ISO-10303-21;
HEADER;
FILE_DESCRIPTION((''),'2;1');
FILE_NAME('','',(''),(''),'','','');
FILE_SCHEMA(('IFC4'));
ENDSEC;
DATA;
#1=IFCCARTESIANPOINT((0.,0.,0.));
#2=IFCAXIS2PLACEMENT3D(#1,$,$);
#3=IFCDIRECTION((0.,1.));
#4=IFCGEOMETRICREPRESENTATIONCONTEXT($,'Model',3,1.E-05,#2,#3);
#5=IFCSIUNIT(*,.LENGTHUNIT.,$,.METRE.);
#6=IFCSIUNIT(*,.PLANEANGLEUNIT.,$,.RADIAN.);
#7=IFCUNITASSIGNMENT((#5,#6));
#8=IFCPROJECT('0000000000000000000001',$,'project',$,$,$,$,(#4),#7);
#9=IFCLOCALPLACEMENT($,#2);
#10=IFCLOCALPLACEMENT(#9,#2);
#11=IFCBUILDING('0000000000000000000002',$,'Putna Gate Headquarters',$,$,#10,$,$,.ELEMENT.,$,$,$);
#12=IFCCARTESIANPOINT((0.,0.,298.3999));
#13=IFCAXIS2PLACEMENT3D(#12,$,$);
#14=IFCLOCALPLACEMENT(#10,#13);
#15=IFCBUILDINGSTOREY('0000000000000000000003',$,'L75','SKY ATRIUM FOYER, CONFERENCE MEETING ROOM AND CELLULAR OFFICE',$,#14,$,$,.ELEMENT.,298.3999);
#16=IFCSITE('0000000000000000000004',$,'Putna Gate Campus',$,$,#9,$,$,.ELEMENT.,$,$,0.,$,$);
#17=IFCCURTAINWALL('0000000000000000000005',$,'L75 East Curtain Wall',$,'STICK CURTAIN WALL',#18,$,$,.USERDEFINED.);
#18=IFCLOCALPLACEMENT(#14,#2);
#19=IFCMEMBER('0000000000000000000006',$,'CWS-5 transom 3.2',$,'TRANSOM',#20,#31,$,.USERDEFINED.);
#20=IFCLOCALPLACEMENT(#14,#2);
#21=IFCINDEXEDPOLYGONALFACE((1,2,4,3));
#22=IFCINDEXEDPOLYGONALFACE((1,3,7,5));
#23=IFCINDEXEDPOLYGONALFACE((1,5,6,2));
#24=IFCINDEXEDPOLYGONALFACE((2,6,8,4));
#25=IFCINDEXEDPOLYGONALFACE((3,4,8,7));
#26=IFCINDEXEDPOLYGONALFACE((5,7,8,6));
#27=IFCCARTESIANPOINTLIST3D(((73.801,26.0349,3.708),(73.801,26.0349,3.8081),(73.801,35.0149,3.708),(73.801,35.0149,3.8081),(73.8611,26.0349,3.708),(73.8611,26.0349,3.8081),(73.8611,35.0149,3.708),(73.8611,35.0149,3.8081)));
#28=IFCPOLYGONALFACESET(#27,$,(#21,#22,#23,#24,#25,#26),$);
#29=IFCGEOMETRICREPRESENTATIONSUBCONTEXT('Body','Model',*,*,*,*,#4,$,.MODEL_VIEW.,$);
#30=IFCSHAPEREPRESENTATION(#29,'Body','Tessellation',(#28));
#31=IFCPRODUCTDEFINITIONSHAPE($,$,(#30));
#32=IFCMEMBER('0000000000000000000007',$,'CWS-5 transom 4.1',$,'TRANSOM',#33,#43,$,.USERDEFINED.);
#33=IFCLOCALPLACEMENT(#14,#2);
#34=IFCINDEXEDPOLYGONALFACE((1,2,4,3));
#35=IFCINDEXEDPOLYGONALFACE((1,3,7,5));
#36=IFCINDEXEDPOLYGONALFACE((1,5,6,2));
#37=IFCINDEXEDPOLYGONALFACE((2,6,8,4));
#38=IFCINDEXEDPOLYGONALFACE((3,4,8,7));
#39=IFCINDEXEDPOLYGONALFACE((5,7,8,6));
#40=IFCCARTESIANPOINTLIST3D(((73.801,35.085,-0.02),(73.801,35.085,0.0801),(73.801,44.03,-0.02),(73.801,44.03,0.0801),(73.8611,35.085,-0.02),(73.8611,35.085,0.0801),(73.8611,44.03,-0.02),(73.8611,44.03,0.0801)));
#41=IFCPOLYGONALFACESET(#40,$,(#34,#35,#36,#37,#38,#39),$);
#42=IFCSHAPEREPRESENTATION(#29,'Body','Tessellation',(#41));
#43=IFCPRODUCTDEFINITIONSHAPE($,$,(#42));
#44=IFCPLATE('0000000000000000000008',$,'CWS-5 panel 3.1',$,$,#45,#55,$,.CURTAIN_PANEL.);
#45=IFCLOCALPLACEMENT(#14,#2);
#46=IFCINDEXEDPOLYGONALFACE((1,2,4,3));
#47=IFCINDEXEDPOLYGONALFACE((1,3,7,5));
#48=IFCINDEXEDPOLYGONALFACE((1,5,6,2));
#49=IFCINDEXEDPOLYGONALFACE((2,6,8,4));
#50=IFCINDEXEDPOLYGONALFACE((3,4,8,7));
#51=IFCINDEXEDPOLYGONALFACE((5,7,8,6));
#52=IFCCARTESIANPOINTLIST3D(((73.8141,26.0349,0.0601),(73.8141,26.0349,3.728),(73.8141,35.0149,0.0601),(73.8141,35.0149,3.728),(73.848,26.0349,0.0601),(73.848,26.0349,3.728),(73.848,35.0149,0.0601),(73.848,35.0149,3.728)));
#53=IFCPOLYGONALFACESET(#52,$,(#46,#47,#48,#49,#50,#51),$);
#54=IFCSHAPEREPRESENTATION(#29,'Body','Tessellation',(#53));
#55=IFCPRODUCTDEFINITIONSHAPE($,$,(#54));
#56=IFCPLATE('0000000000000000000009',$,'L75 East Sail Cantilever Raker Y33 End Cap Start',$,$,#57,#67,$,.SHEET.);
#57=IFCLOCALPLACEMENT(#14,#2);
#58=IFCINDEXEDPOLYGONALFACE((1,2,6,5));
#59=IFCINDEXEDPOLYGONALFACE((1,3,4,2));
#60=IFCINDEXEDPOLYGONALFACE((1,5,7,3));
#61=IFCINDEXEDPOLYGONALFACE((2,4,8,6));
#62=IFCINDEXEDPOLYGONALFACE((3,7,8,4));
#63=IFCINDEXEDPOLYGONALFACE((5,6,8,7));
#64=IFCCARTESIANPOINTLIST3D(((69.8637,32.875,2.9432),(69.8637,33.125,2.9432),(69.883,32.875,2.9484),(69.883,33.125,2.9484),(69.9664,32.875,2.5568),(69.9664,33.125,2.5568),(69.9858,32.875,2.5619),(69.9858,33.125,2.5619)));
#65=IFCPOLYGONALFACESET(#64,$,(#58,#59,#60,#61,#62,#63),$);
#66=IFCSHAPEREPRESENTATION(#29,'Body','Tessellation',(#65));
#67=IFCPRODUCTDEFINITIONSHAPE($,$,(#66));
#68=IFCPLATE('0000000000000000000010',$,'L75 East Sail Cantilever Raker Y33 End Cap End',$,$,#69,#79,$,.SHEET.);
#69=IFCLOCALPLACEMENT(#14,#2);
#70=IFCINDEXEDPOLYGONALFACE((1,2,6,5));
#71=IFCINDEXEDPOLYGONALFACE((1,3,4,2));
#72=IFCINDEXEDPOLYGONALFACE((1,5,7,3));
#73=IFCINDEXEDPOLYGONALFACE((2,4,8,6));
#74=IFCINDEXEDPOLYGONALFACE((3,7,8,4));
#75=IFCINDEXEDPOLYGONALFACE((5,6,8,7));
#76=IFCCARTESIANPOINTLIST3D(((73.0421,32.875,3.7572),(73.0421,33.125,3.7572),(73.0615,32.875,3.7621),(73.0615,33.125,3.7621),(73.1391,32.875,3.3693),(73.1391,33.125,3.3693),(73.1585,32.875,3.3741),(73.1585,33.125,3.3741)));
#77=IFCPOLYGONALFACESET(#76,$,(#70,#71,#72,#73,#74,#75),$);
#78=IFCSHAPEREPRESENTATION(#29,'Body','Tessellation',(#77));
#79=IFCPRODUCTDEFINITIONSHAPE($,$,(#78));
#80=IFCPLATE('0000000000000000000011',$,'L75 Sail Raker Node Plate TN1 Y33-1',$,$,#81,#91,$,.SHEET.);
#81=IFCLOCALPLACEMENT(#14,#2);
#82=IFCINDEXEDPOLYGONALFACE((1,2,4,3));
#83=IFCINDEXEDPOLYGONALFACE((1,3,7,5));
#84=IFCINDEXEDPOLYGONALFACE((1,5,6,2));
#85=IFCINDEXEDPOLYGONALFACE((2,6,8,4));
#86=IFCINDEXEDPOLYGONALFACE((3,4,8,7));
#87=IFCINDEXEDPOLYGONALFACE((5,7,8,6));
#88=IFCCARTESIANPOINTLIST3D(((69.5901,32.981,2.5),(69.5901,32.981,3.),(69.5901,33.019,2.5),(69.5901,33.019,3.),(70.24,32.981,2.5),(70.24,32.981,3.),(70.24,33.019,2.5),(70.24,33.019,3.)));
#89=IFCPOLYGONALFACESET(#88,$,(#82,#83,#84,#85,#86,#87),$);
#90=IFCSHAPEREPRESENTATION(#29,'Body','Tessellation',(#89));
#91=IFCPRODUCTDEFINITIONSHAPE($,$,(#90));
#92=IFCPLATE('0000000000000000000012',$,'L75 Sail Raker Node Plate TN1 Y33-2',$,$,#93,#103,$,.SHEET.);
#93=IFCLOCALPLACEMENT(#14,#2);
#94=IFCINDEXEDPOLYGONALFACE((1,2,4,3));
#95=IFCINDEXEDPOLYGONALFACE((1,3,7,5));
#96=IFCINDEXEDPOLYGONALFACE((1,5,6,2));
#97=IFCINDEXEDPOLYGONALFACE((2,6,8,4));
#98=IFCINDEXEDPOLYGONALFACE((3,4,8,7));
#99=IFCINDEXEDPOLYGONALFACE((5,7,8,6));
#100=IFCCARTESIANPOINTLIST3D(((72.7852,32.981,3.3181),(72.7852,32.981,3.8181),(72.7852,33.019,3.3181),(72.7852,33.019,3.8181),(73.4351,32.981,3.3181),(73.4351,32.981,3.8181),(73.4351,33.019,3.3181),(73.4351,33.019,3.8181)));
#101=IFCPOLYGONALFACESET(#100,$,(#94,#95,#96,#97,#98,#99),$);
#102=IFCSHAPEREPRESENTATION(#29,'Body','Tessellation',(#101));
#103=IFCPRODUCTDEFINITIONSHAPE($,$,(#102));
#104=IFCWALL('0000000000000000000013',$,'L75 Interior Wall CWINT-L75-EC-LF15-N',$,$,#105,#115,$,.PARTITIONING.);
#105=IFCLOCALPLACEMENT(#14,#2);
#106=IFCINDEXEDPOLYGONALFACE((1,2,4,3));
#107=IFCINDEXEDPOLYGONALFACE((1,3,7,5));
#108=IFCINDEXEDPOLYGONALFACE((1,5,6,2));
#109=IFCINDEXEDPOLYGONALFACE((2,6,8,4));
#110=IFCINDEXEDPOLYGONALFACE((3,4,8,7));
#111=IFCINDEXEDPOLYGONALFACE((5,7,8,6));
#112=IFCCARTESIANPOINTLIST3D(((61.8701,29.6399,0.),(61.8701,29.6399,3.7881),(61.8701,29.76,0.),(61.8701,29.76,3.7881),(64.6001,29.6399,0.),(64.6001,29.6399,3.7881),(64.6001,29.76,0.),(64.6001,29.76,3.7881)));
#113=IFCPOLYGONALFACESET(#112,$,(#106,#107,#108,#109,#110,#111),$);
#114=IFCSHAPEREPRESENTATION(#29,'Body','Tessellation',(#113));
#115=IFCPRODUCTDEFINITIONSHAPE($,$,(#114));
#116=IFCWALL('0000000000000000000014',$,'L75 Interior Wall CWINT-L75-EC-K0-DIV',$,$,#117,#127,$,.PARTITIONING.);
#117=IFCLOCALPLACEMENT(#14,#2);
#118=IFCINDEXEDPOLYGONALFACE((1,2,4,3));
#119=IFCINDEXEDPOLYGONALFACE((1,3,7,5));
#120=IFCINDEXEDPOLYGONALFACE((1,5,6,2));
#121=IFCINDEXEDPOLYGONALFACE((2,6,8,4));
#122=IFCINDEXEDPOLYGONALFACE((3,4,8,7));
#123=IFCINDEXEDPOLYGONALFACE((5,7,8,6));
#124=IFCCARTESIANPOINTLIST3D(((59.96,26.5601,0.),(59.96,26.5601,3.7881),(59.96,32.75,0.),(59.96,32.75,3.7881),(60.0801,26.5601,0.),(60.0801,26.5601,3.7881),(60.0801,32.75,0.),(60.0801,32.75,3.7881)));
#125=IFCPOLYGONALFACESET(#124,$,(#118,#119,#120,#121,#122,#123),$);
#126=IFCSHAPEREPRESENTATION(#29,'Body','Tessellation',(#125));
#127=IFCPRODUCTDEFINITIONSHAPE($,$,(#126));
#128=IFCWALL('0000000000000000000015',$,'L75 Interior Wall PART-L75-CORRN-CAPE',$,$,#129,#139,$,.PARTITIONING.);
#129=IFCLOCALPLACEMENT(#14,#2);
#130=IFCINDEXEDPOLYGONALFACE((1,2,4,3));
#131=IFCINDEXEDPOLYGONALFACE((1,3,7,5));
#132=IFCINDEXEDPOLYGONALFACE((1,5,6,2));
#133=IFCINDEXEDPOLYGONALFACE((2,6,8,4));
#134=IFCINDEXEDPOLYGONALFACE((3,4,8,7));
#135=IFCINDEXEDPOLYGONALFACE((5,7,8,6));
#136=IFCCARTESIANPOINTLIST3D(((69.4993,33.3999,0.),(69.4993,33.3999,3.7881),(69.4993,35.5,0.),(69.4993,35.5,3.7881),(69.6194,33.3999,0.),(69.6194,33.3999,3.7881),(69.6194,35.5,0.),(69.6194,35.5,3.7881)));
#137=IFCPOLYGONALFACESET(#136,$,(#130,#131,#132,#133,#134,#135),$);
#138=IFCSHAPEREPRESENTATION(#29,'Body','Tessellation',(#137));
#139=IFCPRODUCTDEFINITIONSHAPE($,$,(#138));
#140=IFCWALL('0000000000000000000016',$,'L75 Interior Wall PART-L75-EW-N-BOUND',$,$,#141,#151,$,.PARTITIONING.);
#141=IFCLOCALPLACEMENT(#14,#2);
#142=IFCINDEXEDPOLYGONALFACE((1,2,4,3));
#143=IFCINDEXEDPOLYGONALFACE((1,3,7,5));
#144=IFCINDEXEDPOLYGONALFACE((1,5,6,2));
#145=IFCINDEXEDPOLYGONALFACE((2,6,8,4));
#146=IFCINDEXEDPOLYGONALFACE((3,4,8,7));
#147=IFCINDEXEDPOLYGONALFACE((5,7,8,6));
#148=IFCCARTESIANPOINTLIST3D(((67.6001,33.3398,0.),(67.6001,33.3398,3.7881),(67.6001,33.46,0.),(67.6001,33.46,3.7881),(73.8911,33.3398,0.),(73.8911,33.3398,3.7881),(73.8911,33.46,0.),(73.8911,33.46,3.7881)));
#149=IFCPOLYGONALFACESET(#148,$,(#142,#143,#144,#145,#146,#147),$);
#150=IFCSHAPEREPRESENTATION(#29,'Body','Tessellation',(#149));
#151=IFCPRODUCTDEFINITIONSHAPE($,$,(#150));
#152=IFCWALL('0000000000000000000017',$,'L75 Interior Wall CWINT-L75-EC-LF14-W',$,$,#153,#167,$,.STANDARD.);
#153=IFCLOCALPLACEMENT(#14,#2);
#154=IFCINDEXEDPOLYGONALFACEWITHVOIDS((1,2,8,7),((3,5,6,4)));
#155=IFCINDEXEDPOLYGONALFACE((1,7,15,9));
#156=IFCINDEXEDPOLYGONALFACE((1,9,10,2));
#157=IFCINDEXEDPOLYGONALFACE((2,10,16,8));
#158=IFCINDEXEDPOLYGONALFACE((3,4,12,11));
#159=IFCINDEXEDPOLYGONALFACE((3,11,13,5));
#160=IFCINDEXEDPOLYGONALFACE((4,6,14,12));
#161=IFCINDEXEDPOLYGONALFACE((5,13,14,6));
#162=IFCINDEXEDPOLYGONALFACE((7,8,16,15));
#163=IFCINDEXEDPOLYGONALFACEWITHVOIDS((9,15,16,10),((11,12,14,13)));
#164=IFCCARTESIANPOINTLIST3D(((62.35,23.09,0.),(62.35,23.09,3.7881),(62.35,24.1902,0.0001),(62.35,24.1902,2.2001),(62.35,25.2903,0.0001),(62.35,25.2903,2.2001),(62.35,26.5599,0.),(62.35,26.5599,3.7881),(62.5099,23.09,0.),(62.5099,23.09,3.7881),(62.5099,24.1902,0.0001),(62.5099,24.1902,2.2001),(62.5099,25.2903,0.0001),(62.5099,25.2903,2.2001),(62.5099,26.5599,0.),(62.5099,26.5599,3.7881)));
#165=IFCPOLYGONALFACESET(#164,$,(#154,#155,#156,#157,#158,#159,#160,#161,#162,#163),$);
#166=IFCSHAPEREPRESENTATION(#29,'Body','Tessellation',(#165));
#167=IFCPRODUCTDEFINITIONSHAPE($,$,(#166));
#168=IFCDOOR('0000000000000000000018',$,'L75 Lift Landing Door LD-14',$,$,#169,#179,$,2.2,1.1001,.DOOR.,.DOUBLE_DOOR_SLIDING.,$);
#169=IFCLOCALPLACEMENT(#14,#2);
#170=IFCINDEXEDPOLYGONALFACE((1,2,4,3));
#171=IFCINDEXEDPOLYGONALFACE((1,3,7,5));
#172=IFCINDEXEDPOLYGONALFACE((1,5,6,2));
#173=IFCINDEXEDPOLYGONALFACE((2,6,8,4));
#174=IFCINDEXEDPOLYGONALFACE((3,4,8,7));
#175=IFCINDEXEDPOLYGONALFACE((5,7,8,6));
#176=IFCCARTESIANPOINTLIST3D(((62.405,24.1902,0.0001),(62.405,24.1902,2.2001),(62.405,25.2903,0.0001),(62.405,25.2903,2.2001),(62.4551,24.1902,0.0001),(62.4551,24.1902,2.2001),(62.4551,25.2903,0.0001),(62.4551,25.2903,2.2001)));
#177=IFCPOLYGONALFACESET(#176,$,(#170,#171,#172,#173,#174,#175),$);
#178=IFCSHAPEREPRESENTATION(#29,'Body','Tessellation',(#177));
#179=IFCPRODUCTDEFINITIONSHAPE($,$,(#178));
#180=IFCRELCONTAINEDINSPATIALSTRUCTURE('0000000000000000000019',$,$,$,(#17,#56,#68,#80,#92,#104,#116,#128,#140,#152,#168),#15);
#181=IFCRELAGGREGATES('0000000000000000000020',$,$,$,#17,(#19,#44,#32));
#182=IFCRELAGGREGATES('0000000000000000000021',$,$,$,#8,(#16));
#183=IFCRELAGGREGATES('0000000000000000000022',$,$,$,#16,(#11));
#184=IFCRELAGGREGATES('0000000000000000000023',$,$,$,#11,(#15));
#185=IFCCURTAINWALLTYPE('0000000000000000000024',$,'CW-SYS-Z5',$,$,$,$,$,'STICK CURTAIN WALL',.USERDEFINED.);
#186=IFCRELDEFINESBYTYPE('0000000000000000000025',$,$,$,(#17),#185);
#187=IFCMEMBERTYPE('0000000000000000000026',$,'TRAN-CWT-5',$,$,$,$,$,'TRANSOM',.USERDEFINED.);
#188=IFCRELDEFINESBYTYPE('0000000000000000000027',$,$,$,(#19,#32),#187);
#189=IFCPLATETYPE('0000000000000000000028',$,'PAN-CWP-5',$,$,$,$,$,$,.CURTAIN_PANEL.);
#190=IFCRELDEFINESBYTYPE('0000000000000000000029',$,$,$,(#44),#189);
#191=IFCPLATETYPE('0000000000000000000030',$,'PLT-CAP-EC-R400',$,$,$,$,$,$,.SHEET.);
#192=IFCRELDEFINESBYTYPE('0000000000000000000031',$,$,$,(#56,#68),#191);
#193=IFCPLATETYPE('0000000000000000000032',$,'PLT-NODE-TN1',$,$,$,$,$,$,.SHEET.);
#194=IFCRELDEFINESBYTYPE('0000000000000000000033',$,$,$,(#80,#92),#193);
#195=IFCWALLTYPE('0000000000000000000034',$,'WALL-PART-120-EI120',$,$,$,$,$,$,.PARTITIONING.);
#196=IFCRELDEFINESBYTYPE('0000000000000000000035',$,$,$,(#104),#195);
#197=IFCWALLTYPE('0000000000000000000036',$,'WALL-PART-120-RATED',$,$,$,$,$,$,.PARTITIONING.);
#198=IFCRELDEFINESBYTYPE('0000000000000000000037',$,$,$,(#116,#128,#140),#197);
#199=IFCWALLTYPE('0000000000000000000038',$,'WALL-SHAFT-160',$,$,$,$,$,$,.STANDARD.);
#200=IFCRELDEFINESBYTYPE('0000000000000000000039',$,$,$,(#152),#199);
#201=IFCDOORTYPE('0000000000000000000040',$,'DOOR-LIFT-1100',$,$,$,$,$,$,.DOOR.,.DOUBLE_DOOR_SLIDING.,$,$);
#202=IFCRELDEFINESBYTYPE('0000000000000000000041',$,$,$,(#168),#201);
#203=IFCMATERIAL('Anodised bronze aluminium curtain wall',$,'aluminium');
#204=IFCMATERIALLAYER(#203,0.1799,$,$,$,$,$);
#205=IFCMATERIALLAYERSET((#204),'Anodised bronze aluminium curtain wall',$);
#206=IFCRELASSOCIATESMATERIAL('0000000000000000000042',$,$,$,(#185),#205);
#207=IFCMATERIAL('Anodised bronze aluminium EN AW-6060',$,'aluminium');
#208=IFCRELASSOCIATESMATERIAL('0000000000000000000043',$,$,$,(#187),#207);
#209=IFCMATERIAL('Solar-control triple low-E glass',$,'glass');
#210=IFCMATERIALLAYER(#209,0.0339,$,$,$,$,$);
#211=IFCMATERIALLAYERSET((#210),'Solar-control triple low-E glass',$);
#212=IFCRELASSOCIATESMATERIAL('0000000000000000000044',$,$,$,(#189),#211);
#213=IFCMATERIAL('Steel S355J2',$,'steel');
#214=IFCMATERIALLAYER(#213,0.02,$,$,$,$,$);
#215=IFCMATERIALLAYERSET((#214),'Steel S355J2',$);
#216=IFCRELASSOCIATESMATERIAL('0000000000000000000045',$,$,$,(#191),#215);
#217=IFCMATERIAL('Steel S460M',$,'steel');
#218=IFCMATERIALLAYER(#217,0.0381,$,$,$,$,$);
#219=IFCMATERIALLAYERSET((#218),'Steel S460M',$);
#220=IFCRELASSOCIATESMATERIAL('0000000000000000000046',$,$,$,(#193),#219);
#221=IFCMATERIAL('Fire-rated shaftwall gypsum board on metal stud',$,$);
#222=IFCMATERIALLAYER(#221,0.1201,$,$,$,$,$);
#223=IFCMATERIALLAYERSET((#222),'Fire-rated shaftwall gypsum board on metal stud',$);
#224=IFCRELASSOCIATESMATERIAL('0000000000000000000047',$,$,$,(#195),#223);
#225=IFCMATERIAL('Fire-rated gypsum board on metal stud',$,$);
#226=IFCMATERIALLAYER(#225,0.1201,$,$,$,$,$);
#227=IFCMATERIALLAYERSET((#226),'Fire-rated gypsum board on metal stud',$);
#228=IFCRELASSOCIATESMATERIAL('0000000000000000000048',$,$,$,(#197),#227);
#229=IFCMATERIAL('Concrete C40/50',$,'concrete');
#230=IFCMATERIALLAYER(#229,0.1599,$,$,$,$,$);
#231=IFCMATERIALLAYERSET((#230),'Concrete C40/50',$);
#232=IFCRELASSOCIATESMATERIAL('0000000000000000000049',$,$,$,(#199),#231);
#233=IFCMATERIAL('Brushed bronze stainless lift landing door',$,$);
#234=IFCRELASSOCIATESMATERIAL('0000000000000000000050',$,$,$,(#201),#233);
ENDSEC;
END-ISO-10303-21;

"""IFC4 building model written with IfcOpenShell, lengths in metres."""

from ifc_helpers import new_model, si_unit, direction, frame, frame_2d, origin, origin_2d, place, context, subcontext, project, spatial, rectangle, extrude, material, layer, layer_set, material_profile, profile_set, type_object, element, fill, aggregate, save


model = new_model("IFC4")

# Units and contexts
model_context = context("Model", 3, precision=1e-05, world=origin(), true_north=direction((0.0, 1.0)))
body_context = subcontext(model_context, "Body", "Model", "MODEL_VIEW")
ifc_project = project(units=[si_unit("LENGTHUNIT", "METRE"), si_unit("PLANEANGLEUNIT", "RADIAN")], contexts=[model_context])

# Site, building, storey
site_placement = place(None, origin())
site = spatial("IfcSite", under=ifc_project, at=site_placement, Name="Putna Gate Campus", CompositionType="ELEMENT", RefElevation=0.0)
building_placement = place(site_placement, origin())
building = spatial("IfcBuilding", under=site, at=building_placement, Name="Putna Gate Headquarters", CompositionType="ELEMENT")
storey_placement = place(building_placement, frame((0.0, 0.0, 298.3999)))
storey = spatial("IfcBuildingStorey", under=building, at=storey_placement, Name="L75", Description="SKY ATRIUM FOYER, CONFERENCE MEETING ROOM AND CELLULAR OFFICE", CompositionType="ELEMENT", Elevation=298.3999)

# Shared definitions
ifc_material_1 = material(Name="Steel S460M", Category="steel")

# Shared definitions
ifc_material_2 = material(Name="Steel S355J2", Category="steel")

# Curtain wall, members, plate
ifc_material_3 = material(Name="Anodised bronze aluminium curtain wall", Category="aluminium")
ifc_layer_1 = layer(ifc_material_3, 0.1799)
ifc_layer_set_1 = layer_set([ifc_layer_1], Name="Anodised bronze aluminium curtain wall")
curtain_wall_type = type_object("IfcCurtainWallType", Name="CW-SYS-Z5", ElementType="STICK CURTAIN WALL", PredefinedType="USERDEFINED", material=ifc_layer_set_1)
curtain_wall_placement = place(storey_placement, origin())
curtain_wall = element("IfcCurtainWall", 1, at=curtain_wall_placement, inside=storey, type_object=curtain_wall_type, Name="L75 East Curtain Wall", ObjectType="STICK CURTAIN WALL", PredefinedType="USERDEFINED")
ifc_material_4 = material(Name="Anodised bronze aluminium EN AW-6060", Category="aluminium")
ifc_material_profile_1 = material_profile(ifc_material_4, rectangle(XDim=0.0601, YDim=0.1001, at=origin_2d()), Name="Anodised bronze aluminium EN AW-6060")
ifc_profile_set_1 = profile_set([ifc_material_profile_1], Name="Anodised bronze aluminium EN AW-6060")
member_type_1 = type_object("IfcMemberType", Name="TRAN-CWT-5", ElementType="TRANSOM", PredefinedType="USERDEFINED", material=ifc_profile_set_1)
member_1_placement = place(storey_placement, frame((73.8311, 26.0349, 3.7581), z_axis=(0.0, 1.0, 0.0), x_axis=(-1.0, 0.0, 0.0)))
member_1 = element("IfcMember", 2, at=member_1_placement, type_object=member_type_1, Name="CWS-5 transom 3.2", ObjectType="TRANSOM", PredefinedType="USERDEFINED", context=body_context, shape_type="SweptSolid", body=[
    extrude(rectangle(XDim=0.0601, YDim=0.1001, at=origin_2d()), origin(), (0.0, 0.0, 1.0), 8.98),
])
member_2_placement = place(storey_placement, frame((73.8311, 35.085, 0.03), z_axis=(0.0, 1.0, 0.0), x_axis=(-1.0, 0.0, 0.0)))
member_2 = element("IfcMember", 3, at=member_2_placement, type_object=member_type_1, Name="CWS-5 transom 4.1", ObjectType="TRANSOM", PredefinedType="USERDEFINED", context=body_context, shape_type="SweptSolid", body=[
    extrude(rectangle(XDim=0.0601, YDim=0.1001, at=origin_2d()), origin(), (0.0, 0.0, 1.0), 8.9451),
])
ifc_material_5 = material(Name="Solar-control triple low-E glass", Category="glass")
ifc_layer_2 = layer(ifc_material_5, 0.0339)
ifc_layer_set_2 = layer_set([ifc_layer_2], Name="Solar-control triple low-E glass")
plate_type_1 = type_object("IfcPlateType", Name="PAN-CWP-5", PredefinedType="CURTAIN_PANEL", material=ifc_layer_set_2)
plate_placement = place(storey_placement, frame((73.8311, 30.5249, 0.0601), z_axis=(0.0, 0.0, 1.0), x_axis=(0.0, 1.0, 0.0)))
plate = element("IfcPlate", 4, at=plate_placement, type_object=plate_type_1, Name="CWS-5 panel 3.1", PredefinedType="CURTAIN_PANEL", context=body_context, shape_type="SweptSolid", body=[
    extrude(rectangle(XDim=8.98, YDim=0.0339, at=origin_2d()), origin(), (0.0, 0.0, 1.0), 3.668),
])
aggregate(curtain_wall, [member_1, plate, member_2])

# Plates
ifc_layer_3 = layer(ifc_material_2, 0.02)
ifc_layer_set_3 = layer_set([ifc_layer_3], Name="Steel S355J2")
plate_type_2 = type_object("IfcPlateType", Name="PLT-CAP-EC-R400", PredefinedType="SHEET", material=ifc_layer_set_3)
for number, where, z_axis, x_axis, name in (
    (5, (69.915, 33.0, 2.75), (0.966438, 0.0, 0.256901), (0.0, 1.0, 0.0), "L75 East Sail Cantilever Raker Y33 End Cap Start"),
    (6, (73.0906, 33.0, 3.5632), (0.970143, 0.0, 0.242536), (0.0, 1.0, 0.0), "L75 East Sail Cantilever Raker Y33 End Cap End"),
):
    element("IfcPlate", number, at=place(storey_placement, frame(where, z_axis=z_axis, x_axis=x_axis)), inside=storey, type_object=plate_type_2, Name=name, PredefinedType="SHEET", context=body_context, shape_type="SweptSolid", body=[
        extrude(rectangle(XDim=0.25, YDim=0.3999, at=origin_2d()), origin(), (0.0, 0.0, 1.0), 0.02),
    ])
ifc_layer_4 = layer(ifc_material_1, 0.0381)
ifc_layer_set_4 = layer_set([ifc_layer_4], Name="Steel S460M")
plate_type_3 = type_object("IfcPlateType", Name="PLT-NODE-TN1", PredefinedType="SHEET", material=ifc_layer_set_4)
for number, where, z_axis, x_axis, name in (
    (7, (69.915, 33.0, 2.5), (0.0, 0.0, 1.0), (1.0, 0.0, 0.0), "L75 Sail Raker Node Plate TN1 Y33-1"),
    (8, (73.1101, 33.0, 3.3181), (0.0, 0.0, 1.0), (1.0, 0.0, 0.0), "L75 Sail Raker Node Plate TN1 Y33-2"),
):
    element("IfcPlate", number, at=place(storey_placement, frame(where, z_axis=z_axis, x_axis=x_axis)), inside=storey, type_object=plate_type_3, Name=name, PredefinedType="SHEET", context=body_context, shape_type="SweptSolid", body=[
        extrude(rectangle(XDim=0.6499, YDim=0.0381, at=origin_2d()), origin(), (0.0, 0.0, 1.0), 0.5),
    ])

# Walls
ifc_material_6 = material(Name="Fire-rated shaftwall gypsum board on metal stud")
ifc_layer_5 = layer(ifc_material_6, 0.1201)
ifc_layer_set_5 = layer_set([ifc_layer_5], Name="Fire-rated shaftwall gypsum board on metal stud")
wall_type_1 = type_object("IfcWallType", Name="WALL-PART-120-EI120", PredefinedType="PARTITIONING", material=ifc_layer_set_5)
wall_1_placement = place(storey_placement, frame((61.8701, 29.7, 0.0), z_axis=(0.0, 0.0, 1.0), x_axis=(1.0, 0.0, 0.0)))
element("IfcWall", 9, at=wall_1_placement, inside=storey, type_object=wall_type_1, Name="L75 Interior Wall CWINT-L75-EC-LF15-N", PredefinedType="PARTITIONING", context=body_context, shape_type="SweptSolid", body=[
    extrude(rectangle(XDim=2.73, YDim=0.1201, at=frame_2d((1.365, 0.0))), origin(), (0.0, 0.0, 1.0), 3.7881),
])
ifc_material_7 = material(Name="Fire-rated gypsum board on metal stud")
ifc_layer_6 = layer(ifc_material_7, 0.1201)
ifc_layer_set_6 = layer_set([ifc_layer_6], Name="Fire-rated gypsum board on metal stud")
wall_type_2 = type_object("IfcWallType", Name="WALL-PART-120-RATED", PredefinedType="PARTITIONING", material=ifc_layer_set_6)
wall_2_placement = place(storey_placement, frame((60.02, 26.5601, 0.0), z_axis=(0.0, 0.0, 1.0), x_axis=(0.0, 1.0, 0.0)))
element("IfcWall", 10, at=wall_2_placement, inside=storey, type_object=wall_type_2, Name="L75 Interior Wall CWINT-L75-EC-K0-DIV", PredefinedType="PARTITIONING", context=body_context, shape_type="SweptSolid", body=[
    extrude(rectangle(XDim=6.1899, YDim=0.1201, at=frame_2d((3.095, 0.0))), origin(), (0.0, 0.0, 1.0), 3.7881),
])
wall_3_placement = place(storey_placement, frame((69.5593, 33.3999, 0.0), z_axis=(0.0, 0.0, 1.0), x_axis=(0.0, 1.0, 0.0)))
element("IfcWall", 11, at=wall_3_placement, inside=storey, type_object=wall_type_2, Name="L75 Interior Wall PART-L75-CORRN-CAPE", PredefinedType="PARTITIONING", context=body_context, shape_type="SweptSolid", body=[
    extrude(rectangle(XDim=2.1001, YDim=0.1201, at=frame_2d((1.05, 0.0))), origin(), (0.0, 0.0, 1.0), 3.7881),
])
wall_4_placement = place(storey_placement, frame((67.6001, 33.3999, 0.0), z_axis=(0.0, 0.0, 1.0), x_axis=(1.0, 0.0, 0.0)))
element("IfcWall", 12, at=wall_4_placement, inside=storey, type_object=wall_type_2, Name="L75 Interior Wall PART-L75-EW-N-BOUND", PredefinedType="PARTITIONING", context=body_context, shape_type="SweptSolid", body=[
    extrude(rectangle(XDim=6.291, YDim=0.1201, at=frame_2d((3.1455, 0.0))), origin(), (0.0, 0.0, 1.0), 3.7881),
])

# Wall, opening, door
ifc_material_8 = material(Name="Concrete C40/50", Category="concrete")
ifc_layer_7 = layer(ifc_material_8, 0.1599)
ifc_layer_set_7 = layer_set([ifc_layer_7], Name="Concrete C40/50")
wall_type_3 = type_object("IfcWallType", Name="WALL-SHAFT-160", PredefinedType="STANDARD", material=ifc_layer_set_7)
wall_5_placement = place(storey_placement, frame((62.4299, 23.0901, 0.0), z_axis=(0.0, 0.0, 1.0), x_axis=(0.0, 1.0, 0.0)))
wall_5 = element("IfcWall", 13, at=wall_5_placement, inside=storey, type_object=wall_type_3, Name="L75 Interior Wall CWINT-L75-EC-LF14-W", PredefinedType="STANDARD", context=body_context, shape_type="SweptSolid", body=[
    extrude(rectangle(XDim=3.47, YDim=0.1599, at=frame_2d((1.7349, 0.0))), origin(), (0.0, 0.0, 1.0), 3.7881),
])
opening_placement = place(wall_5_placement, frame((1.1001, 0.0, 0.0)))
opening = element("IfcOpeningElement", 14, at=opening_placement, cuts=wall_5, PredefinedType="OPENING", context=body_context, shape_type="SweptSolid", body=[
    extrude(rectangle(XDim=1.1001, YDim=2.2, at=frame_2d((0.55, 1.1001))), frame((0.0, 0.0898, 0.0), z_axis=(0.0, -1.0, 0.0), x_axis=(1.0, 0.0, 0.0)), (0.0, 0.0, 1.0), 0.1799),
])
ifc_material_9 = material(Name="Brushed bronze stainless lift landing door")
door_type = type_object("IfcDoorType", Name="DOOR-LIFT-1100", OperationType="DOUBLE_DOOR_SLIDING", PredefinedType="DOOR", material=ifc_material_9)
door_placement = place(opening_placement, origin())
door = element("IfcDoor", 15, at=door_placement, inside=storey, type_object=door_type, Name="L75 Lift Landing Door LD-14", OperationType="DOUBLE_DOOR_SLIDING", OverallHeight=2.2, OverallWidth=1.1001, PredefinedType="DOOR", context=body_context, shape_type="SweptSolid", body=[
    extrude(rectangle(XDim=1.1001, YDim=2.2, at=frame_2d((0.55, 1.1001))), frame((0.0, 0.0249, 0.0), z_axis=(0.0, -1.0, 0.0), x_axis=(1.0, 0.0, 0.0)), (0.0, 0.0, 1.0), 0.05),
])
fill(opening, door)

save(model, "model.ifc")
